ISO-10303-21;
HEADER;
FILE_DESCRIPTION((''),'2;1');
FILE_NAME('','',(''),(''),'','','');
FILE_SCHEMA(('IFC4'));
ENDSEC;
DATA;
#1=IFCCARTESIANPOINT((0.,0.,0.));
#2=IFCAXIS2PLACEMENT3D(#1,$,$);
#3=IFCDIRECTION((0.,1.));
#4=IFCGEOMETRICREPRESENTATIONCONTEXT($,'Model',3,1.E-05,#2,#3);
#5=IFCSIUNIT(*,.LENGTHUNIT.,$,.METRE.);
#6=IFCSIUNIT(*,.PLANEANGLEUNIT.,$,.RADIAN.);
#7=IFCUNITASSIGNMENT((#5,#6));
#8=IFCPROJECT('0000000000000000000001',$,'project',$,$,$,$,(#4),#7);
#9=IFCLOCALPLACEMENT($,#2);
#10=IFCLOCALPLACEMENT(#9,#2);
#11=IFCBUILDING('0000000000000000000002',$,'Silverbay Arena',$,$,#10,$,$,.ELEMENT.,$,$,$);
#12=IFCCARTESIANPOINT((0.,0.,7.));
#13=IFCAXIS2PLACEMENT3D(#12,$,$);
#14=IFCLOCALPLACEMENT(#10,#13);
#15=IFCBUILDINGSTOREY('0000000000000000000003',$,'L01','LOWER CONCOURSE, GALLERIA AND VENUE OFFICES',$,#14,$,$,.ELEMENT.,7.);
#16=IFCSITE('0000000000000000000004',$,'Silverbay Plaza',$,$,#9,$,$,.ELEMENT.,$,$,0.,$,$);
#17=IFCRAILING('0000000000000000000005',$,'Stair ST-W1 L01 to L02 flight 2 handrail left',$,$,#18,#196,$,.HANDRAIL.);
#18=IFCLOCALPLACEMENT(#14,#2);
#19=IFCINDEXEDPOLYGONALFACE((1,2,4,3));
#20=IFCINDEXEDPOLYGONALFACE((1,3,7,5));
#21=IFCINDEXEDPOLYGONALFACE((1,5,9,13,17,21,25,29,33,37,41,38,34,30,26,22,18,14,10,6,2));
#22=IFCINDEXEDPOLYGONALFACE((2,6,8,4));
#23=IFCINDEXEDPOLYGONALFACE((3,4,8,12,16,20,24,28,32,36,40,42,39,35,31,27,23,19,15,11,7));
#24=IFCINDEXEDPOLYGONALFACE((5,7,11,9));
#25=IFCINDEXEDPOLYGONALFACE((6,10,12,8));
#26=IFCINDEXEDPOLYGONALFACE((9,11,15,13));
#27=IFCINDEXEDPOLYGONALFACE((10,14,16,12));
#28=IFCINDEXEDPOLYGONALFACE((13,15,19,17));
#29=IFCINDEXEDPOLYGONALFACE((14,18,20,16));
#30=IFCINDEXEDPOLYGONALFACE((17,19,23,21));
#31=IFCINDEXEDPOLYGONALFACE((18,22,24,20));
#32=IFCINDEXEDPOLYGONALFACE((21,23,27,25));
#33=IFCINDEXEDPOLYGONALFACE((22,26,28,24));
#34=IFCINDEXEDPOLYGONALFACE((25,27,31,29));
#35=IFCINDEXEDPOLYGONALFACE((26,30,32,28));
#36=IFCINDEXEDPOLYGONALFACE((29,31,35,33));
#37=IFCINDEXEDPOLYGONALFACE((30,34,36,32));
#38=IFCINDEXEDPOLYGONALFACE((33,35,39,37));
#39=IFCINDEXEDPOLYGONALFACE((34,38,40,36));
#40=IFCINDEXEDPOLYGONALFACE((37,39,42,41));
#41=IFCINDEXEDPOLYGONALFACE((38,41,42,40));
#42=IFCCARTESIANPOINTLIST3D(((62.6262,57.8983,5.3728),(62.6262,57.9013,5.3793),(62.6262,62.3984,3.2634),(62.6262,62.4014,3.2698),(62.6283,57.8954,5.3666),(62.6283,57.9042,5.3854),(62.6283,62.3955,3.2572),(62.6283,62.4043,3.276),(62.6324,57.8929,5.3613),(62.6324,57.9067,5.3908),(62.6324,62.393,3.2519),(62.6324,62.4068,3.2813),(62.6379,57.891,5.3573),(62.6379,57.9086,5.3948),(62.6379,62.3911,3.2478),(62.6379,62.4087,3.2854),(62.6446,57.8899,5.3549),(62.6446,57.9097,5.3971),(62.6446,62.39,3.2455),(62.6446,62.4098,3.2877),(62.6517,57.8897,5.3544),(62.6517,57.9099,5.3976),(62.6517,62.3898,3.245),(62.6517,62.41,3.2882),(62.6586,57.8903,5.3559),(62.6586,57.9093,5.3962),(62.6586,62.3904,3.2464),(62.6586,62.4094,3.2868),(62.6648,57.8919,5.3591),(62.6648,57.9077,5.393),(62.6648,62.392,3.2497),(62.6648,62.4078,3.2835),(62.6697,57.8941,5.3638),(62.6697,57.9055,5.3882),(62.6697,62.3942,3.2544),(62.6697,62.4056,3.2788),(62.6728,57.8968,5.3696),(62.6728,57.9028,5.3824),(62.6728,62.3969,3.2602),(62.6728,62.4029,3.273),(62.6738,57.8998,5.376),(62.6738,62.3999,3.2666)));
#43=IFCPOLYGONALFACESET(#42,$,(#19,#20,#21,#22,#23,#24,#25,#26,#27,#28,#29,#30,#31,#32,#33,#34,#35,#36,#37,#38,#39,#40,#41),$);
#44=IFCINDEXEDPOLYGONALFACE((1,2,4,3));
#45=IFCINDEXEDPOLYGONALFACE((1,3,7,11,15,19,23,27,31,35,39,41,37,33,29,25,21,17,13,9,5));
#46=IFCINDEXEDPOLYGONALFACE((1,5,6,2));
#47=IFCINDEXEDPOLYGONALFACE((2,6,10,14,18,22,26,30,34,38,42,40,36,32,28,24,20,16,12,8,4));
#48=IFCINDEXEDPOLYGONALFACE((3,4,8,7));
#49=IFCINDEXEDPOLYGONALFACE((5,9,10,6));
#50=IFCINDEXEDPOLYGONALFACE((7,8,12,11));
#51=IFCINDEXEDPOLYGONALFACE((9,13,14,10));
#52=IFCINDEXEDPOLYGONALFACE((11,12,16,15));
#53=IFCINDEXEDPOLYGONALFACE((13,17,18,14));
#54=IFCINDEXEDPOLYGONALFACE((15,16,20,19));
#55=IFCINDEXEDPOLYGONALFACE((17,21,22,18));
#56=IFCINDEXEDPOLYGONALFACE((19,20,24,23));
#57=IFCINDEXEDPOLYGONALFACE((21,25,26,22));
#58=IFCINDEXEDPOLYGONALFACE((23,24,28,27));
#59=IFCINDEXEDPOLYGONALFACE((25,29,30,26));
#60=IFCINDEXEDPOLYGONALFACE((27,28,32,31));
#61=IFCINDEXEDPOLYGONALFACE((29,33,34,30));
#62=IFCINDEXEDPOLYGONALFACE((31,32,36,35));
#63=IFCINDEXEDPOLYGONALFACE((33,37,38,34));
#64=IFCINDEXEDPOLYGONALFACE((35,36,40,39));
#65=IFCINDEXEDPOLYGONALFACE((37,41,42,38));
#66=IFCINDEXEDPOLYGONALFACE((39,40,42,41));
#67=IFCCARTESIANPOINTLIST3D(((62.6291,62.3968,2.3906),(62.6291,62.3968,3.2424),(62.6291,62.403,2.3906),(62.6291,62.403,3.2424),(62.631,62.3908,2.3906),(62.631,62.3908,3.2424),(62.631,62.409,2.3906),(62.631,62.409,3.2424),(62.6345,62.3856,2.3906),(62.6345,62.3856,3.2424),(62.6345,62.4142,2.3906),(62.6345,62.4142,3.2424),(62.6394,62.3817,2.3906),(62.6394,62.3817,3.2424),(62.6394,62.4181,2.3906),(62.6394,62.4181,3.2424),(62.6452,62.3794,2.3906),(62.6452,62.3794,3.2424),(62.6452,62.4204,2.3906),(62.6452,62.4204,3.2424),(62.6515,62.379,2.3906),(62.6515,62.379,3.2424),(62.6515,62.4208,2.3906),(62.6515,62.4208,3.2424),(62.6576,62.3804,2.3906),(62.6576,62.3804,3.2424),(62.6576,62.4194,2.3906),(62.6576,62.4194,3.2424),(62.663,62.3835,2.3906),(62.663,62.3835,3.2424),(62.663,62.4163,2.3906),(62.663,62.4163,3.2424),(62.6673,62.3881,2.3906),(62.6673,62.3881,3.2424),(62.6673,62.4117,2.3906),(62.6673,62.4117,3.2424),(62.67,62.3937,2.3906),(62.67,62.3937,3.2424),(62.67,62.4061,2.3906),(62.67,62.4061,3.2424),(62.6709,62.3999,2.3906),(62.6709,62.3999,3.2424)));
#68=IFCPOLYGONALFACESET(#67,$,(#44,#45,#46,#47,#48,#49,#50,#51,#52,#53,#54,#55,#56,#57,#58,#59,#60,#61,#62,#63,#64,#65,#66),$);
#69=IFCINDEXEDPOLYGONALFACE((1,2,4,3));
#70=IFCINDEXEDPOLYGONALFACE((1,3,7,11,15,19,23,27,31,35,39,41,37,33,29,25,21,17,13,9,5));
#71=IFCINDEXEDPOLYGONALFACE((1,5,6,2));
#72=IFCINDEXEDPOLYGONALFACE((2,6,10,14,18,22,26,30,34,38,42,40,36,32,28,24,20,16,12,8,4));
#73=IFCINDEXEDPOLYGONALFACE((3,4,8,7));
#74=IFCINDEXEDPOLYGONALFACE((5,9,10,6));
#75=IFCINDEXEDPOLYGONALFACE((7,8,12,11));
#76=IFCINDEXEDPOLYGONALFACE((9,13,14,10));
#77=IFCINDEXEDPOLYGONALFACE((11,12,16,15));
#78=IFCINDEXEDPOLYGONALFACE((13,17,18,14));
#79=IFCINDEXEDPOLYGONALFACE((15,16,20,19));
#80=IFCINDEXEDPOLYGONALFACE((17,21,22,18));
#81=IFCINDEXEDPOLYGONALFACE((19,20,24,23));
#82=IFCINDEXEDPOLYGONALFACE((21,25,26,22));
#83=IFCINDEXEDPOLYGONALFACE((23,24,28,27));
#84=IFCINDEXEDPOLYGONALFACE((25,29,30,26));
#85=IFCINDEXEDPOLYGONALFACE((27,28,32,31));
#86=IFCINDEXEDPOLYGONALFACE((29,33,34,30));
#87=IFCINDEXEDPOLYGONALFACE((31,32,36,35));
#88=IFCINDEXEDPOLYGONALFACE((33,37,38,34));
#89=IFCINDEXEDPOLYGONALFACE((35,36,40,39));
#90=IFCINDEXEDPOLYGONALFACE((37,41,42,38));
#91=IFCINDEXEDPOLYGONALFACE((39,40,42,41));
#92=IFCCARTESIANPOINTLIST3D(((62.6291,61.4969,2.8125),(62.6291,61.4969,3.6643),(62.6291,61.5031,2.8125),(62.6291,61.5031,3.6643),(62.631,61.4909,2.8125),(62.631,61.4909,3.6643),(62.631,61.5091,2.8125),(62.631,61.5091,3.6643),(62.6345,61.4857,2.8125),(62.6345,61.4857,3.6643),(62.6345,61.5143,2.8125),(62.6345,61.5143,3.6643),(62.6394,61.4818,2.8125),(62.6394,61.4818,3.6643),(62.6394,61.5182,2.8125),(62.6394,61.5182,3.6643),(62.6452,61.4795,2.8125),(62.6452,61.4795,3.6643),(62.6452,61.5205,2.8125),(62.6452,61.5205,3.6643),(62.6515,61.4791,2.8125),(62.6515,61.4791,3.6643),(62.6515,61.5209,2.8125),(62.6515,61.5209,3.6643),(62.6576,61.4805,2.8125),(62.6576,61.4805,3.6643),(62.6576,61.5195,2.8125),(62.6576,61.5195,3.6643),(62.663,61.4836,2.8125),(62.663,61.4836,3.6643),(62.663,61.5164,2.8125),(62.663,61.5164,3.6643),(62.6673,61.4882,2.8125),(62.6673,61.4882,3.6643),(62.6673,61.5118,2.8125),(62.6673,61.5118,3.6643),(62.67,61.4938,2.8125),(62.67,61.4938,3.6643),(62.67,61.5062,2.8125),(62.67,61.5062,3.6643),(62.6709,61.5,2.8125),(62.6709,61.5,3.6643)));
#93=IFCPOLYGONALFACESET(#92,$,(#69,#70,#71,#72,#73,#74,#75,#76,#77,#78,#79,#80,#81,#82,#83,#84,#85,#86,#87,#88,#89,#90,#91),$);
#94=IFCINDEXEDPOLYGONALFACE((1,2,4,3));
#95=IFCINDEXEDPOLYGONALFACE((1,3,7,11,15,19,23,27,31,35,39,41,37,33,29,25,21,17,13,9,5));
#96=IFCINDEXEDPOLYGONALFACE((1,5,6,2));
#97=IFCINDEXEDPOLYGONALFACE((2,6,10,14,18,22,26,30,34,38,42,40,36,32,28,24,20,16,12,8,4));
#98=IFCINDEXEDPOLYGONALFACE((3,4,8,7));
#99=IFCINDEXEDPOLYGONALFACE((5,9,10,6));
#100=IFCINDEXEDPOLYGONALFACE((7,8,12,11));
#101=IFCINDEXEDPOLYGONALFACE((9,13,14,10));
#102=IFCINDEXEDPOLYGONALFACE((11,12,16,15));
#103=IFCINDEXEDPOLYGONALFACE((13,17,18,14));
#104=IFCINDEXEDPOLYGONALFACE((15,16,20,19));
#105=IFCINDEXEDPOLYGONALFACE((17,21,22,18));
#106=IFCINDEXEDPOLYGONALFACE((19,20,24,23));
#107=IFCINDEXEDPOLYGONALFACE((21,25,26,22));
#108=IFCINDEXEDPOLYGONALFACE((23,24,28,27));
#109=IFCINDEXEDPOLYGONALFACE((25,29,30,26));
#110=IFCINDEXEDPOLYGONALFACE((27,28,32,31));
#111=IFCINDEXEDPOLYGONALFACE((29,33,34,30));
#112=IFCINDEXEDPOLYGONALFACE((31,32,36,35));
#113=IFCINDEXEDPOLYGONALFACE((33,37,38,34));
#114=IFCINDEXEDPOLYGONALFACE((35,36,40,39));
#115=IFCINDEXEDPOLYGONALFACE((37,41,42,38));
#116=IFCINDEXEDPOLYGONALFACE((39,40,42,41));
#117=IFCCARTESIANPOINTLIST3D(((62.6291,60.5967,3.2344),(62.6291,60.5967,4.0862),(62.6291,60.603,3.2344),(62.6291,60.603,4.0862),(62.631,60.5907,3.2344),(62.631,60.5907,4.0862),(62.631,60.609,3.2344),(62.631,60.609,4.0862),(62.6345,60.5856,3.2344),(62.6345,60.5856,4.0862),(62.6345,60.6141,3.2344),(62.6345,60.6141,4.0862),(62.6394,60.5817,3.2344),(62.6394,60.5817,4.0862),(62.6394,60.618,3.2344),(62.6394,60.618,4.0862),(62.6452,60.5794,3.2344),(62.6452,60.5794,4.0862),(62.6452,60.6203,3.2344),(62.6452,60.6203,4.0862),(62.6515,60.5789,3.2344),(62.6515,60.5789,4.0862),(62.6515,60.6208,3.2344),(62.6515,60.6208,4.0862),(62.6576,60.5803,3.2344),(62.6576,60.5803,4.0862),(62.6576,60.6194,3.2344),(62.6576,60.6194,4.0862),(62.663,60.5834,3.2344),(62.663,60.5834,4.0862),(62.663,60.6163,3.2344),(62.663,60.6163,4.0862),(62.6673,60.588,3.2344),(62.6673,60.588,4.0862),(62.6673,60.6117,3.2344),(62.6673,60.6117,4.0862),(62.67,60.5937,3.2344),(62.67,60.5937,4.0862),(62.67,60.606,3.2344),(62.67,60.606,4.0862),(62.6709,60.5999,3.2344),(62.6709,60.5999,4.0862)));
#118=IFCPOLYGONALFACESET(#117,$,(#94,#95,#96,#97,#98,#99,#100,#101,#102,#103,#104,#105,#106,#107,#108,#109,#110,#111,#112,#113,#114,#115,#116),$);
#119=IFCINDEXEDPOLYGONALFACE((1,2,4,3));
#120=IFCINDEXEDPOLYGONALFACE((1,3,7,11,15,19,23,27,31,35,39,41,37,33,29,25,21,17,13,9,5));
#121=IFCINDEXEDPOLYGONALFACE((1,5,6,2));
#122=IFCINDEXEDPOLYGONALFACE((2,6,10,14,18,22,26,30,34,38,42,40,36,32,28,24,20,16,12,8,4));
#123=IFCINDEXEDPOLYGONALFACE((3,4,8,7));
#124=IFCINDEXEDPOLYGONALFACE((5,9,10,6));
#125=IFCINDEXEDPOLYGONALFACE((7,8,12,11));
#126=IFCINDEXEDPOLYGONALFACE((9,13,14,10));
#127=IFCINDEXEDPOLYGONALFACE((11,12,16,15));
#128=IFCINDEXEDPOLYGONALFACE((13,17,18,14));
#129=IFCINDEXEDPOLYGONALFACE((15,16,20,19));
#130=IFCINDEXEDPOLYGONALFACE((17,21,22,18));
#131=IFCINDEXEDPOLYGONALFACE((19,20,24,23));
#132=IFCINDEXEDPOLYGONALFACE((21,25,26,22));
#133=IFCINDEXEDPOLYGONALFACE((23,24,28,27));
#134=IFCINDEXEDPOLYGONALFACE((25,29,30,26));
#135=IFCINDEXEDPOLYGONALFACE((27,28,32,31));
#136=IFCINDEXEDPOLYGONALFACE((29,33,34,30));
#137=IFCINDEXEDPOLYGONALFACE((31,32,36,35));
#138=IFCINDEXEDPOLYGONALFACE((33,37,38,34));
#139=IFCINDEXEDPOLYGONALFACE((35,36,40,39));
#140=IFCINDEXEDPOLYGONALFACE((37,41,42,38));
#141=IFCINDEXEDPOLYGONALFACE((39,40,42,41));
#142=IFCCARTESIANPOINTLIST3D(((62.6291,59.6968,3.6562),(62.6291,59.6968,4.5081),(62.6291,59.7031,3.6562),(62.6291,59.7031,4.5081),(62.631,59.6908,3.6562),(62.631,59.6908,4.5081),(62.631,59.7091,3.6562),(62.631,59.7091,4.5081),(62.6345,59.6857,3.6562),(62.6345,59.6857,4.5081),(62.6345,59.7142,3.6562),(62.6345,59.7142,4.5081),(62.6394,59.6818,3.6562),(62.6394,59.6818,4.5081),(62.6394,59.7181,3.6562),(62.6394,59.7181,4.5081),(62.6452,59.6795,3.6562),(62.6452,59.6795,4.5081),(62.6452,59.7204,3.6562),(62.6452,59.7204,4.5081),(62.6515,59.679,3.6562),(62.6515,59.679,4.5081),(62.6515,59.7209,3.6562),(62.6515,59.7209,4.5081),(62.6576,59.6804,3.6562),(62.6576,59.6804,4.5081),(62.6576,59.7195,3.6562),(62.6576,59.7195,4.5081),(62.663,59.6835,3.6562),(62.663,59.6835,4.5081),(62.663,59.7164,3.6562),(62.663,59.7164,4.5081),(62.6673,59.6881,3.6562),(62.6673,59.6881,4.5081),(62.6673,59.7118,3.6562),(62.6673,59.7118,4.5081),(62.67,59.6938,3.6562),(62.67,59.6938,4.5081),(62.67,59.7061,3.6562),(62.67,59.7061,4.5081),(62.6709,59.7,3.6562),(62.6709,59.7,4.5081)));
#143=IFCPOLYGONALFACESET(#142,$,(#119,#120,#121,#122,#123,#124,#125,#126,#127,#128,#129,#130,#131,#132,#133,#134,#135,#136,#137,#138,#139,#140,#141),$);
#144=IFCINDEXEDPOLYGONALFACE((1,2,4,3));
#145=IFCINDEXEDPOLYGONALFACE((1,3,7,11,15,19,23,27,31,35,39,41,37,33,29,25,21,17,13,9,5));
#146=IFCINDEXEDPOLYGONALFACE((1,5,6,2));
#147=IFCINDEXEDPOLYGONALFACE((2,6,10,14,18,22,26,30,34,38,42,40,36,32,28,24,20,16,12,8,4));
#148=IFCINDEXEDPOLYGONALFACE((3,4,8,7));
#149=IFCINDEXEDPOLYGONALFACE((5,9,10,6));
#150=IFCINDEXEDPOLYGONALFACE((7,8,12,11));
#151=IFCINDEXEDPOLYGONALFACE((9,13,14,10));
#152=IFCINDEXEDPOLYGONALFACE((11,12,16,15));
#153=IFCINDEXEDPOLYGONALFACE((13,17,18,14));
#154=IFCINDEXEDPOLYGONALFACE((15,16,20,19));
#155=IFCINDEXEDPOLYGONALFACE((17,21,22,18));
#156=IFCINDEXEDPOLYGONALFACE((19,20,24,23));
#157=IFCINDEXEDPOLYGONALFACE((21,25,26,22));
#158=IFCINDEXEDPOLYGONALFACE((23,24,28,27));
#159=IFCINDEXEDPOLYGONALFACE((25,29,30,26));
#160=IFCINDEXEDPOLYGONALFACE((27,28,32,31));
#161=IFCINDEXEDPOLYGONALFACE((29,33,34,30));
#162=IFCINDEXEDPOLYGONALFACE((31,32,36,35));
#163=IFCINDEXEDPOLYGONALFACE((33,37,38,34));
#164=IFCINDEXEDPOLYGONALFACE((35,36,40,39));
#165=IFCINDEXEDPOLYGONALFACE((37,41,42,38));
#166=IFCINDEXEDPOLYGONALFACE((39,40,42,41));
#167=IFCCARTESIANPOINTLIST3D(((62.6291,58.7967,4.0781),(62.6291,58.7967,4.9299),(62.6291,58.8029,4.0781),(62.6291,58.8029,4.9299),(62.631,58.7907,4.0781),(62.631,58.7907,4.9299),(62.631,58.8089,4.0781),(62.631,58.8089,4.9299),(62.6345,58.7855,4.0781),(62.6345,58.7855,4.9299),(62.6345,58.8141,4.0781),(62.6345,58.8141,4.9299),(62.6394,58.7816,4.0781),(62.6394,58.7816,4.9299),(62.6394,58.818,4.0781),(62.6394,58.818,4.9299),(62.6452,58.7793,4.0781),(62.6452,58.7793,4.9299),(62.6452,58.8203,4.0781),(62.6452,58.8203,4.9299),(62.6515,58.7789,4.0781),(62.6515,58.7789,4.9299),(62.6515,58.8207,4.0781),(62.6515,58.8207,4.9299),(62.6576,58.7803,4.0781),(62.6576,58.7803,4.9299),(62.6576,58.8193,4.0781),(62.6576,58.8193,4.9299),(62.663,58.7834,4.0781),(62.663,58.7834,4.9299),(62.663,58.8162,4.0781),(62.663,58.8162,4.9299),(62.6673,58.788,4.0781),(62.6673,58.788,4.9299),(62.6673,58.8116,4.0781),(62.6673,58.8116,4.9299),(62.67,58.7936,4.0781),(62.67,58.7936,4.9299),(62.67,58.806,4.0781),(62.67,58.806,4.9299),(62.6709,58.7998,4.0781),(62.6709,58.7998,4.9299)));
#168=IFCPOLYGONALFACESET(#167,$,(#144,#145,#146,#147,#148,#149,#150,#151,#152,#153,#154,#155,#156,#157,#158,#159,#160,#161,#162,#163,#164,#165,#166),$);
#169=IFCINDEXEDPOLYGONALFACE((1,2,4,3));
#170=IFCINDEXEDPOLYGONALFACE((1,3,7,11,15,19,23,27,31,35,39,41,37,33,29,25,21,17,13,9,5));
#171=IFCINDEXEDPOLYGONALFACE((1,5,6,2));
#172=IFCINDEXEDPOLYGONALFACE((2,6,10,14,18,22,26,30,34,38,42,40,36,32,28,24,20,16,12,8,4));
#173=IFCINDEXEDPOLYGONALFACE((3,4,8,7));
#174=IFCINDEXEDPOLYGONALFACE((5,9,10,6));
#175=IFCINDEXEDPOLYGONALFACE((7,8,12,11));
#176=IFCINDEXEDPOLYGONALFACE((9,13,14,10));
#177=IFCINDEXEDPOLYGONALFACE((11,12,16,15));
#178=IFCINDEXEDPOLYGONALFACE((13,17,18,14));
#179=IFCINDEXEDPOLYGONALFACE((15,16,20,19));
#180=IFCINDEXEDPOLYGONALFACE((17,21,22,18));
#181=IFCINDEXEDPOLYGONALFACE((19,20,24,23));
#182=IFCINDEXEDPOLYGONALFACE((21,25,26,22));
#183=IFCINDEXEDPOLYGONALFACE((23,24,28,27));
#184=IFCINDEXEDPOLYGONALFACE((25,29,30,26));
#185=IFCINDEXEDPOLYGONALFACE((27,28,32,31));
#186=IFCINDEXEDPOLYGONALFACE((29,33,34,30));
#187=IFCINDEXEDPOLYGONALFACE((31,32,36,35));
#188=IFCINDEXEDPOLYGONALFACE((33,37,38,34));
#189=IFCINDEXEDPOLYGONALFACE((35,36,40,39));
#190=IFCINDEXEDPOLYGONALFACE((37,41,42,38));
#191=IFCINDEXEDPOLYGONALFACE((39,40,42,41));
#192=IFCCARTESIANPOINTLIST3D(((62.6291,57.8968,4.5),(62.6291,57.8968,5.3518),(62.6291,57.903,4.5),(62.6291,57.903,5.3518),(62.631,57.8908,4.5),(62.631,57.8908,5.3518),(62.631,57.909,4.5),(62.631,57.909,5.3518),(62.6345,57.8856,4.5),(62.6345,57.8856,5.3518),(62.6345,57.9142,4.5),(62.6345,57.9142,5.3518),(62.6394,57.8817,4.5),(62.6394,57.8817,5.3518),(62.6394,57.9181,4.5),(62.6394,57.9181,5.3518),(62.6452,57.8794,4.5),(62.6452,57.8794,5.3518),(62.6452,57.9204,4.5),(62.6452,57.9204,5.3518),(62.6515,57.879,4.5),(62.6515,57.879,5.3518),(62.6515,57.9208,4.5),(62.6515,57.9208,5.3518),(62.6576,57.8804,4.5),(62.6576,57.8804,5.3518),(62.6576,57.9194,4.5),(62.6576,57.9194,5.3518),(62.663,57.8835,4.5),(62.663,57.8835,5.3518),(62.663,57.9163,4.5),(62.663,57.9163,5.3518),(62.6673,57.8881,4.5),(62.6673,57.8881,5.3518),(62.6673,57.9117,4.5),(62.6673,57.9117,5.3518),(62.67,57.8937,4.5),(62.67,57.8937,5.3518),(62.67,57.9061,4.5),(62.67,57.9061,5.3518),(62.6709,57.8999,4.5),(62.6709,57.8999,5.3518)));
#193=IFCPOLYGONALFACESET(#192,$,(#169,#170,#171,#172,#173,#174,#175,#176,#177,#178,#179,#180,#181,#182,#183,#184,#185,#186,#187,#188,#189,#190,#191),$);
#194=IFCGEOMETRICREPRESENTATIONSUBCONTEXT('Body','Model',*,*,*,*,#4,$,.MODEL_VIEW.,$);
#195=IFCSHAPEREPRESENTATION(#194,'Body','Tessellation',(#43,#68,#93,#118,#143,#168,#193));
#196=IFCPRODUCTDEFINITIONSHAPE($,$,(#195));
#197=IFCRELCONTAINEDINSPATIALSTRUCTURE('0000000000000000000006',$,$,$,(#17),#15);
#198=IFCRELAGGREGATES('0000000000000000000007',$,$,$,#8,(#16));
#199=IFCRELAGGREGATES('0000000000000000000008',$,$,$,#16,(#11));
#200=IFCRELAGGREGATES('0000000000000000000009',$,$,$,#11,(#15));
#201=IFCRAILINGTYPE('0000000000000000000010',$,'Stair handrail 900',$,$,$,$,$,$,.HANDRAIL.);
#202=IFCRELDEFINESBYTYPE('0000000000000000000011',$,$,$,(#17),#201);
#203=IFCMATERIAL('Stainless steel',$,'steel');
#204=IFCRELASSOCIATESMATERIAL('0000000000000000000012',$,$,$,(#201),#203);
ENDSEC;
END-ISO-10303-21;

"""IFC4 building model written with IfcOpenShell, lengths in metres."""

from ifc_helpers import new_model, si_unit, direction, frame, origin, origin_2d, place, context, subcontext, project, spatial, circle, extrude, material, type_object, element, save


model = new_model("IFC4")

# Units and contexts
model_context = context("Model", 3, precision=1e-05, world=origin(), true_north=direction((0.0, 1.0)))
body_context = subcontext(model_context, "Body", "Model", "MODEL_VIEW")
ifc_project = project(units=[si_unit("LENGTHUNIT", "METRE"), si_unit("PLANEANGLEUNIT", "RADIAN")], contexts=[model_context])

# Site, building, storey
site_placement = place(None, origin())
site = spatial("IfcSite", under=ifc_project, at=site_placement, Name="Silverbay Plaza", CompositionType="ELEMENT", RefElevation=0.0)
building_placement = place(site_placement, origin())
building = spatial("IfcBuilding", under=site, at=building_placement, Name="Silverbay Arena", CompositionType="ELEMENT")
storey_placement = place(building_placement, frame((0.0, 0.0, 7.0)))
storey = spatial("IfcBuildingStorey", under=building, at=storey_placement, Name="L01", Description="LOWER CONCOURSE, GALLERIA AND VENUE OFFICES", CompositionType="ELEMENT", Elevation=7.0)

# Railing
ifc_material_1 = material(Name="Stainless steel", Category="steel")
railing_type_1 = type_object("IfcRailingType", Name="Stair handrail 900", PredefinedType="HANDRAIL", material=ifc_material_1)
for number, where, name in (
    (1, (62.6499, 62.3999, 2.3906), "Stair ST-W1 L01 to L02 flight 2 handrail left"),
):
    element("IfcRailing", number, at=place(storey_placement, frame(where)), inside=storey, type_object=railing_type_1, Name=name, PredefinedType="HANDRAIL", context=body_context, shape_type="SweptSolid", body=[
        extrude(circle(Radius=0.0239, at=origin_2d()), frame((0.0, 0.0, 0.876), z_axis=(0.0, -0.905459, 0.424434), x_axis=(1.0, 0.0, 0.0)), (0.0, 0.0, 1.0), 4.97),
        extrude(circle(Radius=0.021, at=origin_2d()), origin(), (0.0, 0.0, 1.0), 0.8518),
        extrude(circle(Radius=0.021, at=origin_2d()), frame((0.0, -0.8999, 0.4219)), (0.0, 0.0, 1.0), 0.8518),
        extrude(circle(Radius=0.021, at=origin_2d()), frame((0.0, -1.8, 0.8438)), (0.0, 0.0, 1.0), 0.8518),
        extrude(circle(Radius=0.021, at=origin_2d()), frame((0.0, -2.7, 1.2656)), (0.0, 0.0, 1.0), 0.8518),
        extrude(circle(Radius=0.021, at=origin_2d()), frame((0.0, -3.6001, 1.6875)), (0.0, 0.0, 1.0), 0.8518),
        extrude(circle(Radius=0.021, at=origin_2d()), frame((0.0, -4.5, 2.1094)), (0.0, 0.0, 1.0), 0.8518),
    ])

save(model, "model.ifc")
